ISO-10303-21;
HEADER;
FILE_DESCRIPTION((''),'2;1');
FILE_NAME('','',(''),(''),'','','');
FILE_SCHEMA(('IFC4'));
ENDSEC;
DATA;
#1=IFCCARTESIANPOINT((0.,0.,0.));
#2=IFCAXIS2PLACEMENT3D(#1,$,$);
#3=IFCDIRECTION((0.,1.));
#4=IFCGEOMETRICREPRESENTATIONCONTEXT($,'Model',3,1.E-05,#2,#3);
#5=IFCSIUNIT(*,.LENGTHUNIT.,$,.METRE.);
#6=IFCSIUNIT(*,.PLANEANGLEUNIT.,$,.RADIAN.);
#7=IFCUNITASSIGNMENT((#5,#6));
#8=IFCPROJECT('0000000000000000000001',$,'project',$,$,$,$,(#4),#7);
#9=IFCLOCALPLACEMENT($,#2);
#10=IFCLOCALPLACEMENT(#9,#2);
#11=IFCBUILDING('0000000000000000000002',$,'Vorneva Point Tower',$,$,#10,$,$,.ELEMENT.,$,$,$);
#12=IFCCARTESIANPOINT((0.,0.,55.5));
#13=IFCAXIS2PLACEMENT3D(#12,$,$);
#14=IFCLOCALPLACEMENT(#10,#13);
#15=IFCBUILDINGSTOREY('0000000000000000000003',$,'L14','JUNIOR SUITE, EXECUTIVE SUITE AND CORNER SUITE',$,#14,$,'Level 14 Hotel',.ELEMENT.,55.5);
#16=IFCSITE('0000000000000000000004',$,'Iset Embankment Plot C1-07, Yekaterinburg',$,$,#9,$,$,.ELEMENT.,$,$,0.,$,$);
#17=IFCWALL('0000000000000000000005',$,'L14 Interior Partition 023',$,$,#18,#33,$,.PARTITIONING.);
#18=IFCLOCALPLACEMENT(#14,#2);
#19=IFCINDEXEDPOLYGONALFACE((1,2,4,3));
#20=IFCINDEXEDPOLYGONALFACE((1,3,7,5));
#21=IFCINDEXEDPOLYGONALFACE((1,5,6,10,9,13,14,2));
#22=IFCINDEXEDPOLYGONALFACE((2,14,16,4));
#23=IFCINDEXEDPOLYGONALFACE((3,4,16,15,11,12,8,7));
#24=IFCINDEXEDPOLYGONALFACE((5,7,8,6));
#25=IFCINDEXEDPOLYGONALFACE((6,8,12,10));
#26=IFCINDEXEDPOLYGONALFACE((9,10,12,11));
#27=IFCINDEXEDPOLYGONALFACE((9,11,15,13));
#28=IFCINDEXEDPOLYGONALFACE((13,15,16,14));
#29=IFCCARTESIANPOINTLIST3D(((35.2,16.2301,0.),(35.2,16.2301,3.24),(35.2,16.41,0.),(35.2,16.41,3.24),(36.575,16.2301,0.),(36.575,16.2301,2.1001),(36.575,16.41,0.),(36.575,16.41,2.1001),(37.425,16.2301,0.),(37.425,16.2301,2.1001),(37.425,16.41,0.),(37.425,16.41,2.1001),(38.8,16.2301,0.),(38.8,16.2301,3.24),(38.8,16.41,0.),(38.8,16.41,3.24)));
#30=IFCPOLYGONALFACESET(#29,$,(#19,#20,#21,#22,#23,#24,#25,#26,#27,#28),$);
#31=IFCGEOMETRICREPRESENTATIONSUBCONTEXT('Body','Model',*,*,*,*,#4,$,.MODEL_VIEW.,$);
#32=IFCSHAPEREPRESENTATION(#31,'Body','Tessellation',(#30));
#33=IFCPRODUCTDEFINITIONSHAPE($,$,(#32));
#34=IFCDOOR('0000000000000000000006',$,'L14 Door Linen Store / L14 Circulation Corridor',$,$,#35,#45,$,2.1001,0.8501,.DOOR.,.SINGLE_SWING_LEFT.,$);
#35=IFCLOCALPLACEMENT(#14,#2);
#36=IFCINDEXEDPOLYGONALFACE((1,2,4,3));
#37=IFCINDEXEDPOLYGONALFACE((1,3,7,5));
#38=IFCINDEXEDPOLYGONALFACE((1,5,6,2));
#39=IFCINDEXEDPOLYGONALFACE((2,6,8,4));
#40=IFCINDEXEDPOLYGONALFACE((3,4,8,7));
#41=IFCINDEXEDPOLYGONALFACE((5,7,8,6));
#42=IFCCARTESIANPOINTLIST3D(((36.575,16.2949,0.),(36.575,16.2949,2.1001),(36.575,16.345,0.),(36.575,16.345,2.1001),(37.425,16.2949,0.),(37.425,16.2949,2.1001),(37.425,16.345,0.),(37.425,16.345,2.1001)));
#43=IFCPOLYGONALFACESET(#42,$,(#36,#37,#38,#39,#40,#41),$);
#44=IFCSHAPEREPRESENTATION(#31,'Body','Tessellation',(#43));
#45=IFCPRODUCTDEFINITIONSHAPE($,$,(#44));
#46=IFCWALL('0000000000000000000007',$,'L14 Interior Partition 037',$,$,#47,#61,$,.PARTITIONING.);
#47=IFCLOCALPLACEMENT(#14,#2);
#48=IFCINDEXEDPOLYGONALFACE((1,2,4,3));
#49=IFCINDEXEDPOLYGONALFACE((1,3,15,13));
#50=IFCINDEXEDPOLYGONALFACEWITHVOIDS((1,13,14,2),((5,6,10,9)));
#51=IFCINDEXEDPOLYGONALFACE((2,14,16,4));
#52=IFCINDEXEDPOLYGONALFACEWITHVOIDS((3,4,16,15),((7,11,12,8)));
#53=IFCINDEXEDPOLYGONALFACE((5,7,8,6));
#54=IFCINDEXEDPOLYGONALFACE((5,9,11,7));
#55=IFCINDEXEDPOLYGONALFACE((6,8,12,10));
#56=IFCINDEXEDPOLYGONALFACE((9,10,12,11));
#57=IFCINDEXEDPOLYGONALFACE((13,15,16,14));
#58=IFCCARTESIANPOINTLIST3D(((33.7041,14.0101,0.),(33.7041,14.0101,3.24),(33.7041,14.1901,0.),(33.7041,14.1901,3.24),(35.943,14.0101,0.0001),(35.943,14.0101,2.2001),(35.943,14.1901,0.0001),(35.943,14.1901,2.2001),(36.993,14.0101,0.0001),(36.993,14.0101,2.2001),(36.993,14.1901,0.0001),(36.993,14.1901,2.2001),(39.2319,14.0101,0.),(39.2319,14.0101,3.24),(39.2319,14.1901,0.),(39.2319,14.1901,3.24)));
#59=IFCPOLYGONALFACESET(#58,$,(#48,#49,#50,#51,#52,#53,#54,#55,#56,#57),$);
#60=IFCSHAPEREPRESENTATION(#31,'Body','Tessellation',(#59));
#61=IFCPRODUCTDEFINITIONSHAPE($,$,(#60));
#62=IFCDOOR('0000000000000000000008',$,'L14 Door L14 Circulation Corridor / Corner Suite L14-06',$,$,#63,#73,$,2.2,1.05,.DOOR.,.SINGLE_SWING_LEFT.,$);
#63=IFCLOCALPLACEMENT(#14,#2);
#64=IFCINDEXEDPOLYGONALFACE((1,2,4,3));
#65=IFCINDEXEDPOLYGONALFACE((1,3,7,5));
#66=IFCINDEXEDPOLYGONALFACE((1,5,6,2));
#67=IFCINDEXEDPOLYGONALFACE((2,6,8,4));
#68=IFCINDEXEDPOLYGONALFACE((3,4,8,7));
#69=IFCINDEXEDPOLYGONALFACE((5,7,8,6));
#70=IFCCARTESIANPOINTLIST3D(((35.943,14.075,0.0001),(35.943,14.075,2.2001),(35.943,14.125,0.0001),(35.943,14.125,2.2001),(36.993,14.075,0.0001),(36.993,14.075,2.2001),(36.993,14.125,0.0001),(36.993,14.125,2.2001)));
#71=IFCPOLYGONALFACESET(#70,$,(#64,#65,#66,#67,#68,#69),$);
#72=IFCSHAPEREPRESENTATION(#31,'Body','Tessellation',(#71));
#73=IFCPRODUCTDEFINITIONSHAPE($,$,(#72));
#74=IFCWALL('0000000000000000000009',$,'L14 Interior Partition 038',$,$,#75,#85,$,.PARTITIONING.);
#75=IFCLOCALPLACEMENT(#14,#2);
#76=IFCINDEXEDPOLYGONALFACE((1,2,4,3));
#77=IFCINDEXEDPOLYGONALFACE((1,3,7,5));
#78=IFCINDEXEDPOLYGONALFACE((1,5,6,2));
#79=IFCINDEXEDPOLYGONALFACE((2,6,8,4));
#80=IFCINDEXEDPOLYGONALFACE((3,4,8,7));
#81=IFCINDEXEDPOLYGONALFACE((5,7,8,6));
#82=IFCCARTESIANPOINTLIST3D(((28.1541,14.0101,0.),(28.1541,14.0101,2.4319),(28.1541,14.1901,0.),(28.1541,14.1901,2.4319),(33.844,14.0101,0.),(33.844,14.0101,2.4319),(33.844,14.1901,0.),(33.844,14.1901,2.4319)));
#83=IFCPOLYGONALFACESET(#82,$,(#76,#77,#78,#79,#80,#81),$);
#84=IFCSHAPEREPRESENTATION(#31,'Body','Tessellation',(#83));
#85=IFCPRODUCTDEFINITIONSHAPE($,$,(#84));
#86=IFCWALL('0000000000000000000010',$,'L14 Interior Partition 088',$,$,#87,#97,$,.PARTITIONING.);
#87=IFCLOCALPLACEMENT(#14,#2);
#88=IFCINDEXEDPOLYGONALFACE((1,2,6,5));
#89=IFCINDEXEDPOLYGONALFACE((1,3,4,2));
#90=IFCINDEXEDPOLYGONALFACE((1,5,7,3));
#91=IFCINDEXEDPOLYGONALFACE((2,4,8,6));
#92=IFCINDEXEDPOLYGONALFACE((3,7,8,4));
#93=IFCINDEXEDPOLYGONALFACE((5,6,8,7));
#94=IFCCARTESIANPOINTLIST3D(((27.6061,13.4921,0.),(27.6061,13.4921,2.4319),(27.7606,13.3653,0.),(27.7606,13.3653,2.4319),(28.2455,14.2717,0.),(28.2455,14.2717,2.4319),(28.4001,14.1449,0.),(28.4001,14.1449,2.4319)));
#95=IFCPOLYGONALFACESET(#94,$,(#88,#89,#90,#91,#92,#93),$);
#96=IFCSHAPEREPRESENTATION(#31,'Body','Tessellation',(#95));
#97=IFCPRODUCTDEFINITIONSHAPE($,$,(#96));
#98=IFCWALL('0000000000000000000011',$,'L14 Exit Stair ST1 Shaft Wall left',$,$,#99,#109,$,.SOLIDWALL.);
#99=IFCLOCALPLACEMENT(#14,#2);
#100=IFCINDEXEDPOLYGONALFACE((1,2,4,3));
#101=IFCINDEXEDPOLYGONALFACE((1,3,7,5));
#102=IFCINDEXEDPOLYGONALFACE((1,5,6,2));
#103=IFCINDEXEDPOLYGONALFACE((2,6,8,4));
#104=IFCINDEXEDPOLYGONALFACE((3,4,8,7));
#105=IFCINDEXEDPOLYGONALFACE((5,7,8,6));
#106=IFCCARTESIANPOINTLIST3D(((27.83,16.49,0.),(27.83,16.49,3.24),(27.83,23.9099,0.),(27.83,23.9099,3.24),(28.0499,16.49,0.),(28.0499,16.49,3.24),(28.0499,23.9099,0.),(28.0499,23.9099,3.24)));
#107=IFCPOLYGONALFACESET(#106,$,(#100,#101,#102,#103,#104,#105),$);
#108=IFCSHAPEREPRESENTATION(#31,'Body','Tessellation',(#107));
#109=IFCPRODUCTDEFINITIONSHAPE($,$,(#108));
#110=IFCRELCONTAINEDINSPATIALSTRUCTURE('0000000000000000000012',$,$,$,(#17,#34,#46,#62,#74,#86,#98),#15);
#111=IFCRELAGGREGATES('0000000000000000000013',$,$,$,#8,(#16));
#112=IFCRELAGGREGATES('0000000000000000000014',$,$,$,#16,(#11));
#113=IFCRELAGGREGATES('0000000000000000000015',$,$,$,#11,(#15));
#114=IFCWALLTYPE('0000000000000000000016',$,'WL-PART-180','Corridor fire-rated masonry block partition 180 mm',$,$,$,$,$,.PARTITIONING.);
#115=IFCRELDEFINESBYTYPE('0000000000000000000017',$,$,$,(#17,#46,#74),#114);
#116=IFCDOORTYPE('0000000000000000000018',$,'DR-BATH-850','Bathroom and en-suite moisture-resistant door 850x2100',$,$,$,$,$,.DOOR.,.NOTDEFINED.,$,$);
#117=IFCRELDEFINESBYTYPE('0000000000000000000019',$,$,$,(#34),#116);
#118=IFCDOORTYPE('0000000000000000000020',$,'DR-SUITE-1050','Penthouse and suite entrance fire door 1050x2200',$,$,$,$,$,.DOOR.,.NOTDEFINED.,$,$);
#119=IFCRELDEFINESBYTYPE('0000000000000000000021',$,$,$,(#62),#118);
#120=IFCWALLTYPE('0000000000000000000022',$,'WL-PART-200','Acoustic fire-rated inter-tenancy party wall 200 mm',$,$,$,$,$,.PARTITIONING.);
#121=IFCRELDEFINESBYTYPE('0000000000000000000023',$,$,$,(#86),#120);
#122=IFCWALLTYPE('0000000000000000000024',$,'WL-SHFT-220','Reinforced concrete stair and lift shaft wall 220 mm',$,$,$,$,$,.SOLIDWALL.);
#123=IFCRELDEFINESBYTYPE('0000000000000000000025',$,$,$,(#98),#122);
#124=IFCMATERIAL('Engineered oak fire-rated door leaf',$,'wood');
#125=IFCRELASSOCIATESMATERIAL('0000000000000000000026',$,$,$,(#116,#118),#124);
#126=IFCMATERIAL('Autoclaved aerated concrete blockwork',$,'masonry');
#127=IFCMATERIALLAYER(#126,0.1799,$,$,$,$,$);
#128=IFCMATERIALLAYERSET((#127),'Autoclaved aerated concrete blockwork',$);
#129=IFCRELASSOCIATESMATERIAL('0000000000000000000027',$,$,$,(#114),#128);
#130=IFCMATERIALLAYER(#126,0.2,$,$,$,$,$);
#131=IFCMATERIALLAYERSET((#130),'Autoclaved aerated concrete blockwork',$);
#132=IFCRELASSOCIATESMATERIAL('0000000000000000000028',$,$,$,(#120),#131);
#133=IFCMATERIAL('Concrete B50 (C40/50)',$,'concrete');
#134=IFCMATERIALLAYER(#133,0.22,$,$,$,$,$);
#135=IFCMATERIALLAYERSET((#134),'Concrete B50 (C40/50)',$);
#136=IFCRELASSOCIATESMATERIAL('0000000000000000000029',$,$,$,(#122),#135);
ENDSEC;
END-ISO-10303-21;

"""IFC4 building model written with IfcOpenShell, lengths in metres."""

from ifc_helpers import new_model, si_unit, direction, frame, frame_2d, origin, place, context, subcontext, project, spatial, rectangle, extrude, material, layer, layer_set, type_object, element, fill, save


model = new_model("IFC4")

# Units and contexts
model_context = context("Model", 3, precision=1e-05, world=origin(), true_north=direction((0.0, 1.0)))
body_context = subcontext(model_context, "Body", "Model", "MODEL_VIEW")
ifc_project = project(units=[si_unit("LENGTHUNIT", "METRE"), si_unit("PLANEANGLEUNIT", "RADIAN")], contexts=[model_context])

# Site, building, storey
site_placement = place(None, origin())
site = spatial("IfcSite", under=ifc_project, at=site_placement, Name="Iset Embankment Plot C1-07, Yekaterinburg", CompositionType="ELEMENT", RefElevation=0.0)
building_placement = place(site_placement, origin())
building = spatial("IfcBuilding", under=site, at=building_placement, Name="Vorneva Point Tower", CompositionType="ELEMENT")
storey_placement = place(building_placement, frame((0.0, 0.0, 55.5)))
storey = spatial("IfcBuildingStorey", under=building, at=storey_placement, Name="L14", Description="JUNIOR SUITE, EXECUTIVE SUITE AND CORNER SUITE", LongName="Level 14 Hotel", CompositionType="ELEMENT", Elevation=55.5)

# Shared definitions
ifc_material_1 = material(Name="Engineered oak fire-rated door leaf", Category="wood")
door_type_1 = type_object("IfcDoorType", Name="DR-BATH-850", Description="Bathroom and en-suite moisture-resistant door 850x2100", OperationType="NOTDEFINED", PredefinedType="DOOR", material=ifc_material_1)

# Walls, openings, doors
ifc_material_2 = material(Name="Autoclaved aerated concrete blockwork", Category="masonry")
ifc_layer_1 = layer(ifc_material_2, 0.1799)
ifc_layer_set_1 = layer_set([ifc_layer_1], Name="Autoclaved aerated concrete blockwork")
wall_type_1 = type_object("IfcWallType", Name="WL-PART-180", Description="Corridor fire-rated masonry block partition 180 mm", PredefinedType="PARTITIONING", material=ifc_layer_set_1)
wall_1_placement = place(storey_placement, frame((35.2, 16.3201, 0.0), z_axis=(0.0, 0.0, 1.0), x_axis=(1.0, 0.0, 0.0)))
wall_1 = element("IfcWall", 1, at=wall_1_placement, inside=storey, type_object=wall_type_1, Name="L14 Interior Partition 023", PredefinedType="PARTITIONING", context=body_context, shape_type="SweptSolid", body=[
    extrude(rectangle(XDim=3.6001, YDim=0.1799, at=frame_2d((1.8, 0.0))), origin(), (0.0, 0.0, 1.0), 3.24),
])
opening_1_placement = place(wall_1_placement, frame((1.375, 0.0, 0.0)))
opening_1 = element("IfcOpeningElement", 2, at=opening_1_placement, cuts=wall_1, PredefinedType="OPENING", context=body_context, shape_type="SweptSolid", body=[
    extrude(rectangle(XDim=0.8501, YDim=2.1001, at=frame_2d((0.425, 1.05))), frame((0.0, 0.105, 0.0), z_axis=(0.0, -1.0, 0.0), x_axis=(1.0, 0.0, 0.0)), (0.0, 0.0, 1.0), 0.2097),
])
door_1_placement = place(opening_1_placement, origin())
door_1 = element("IfcDoor", 3, at=door_1_placement, inside=storey, type_object=door_type_1, Name="L14 Door Linen Store / L14 Circulation Corridor", OperationType="SINGLE_SWING_LEFT", OverallHeight=2.1001, OverallWidth=0.8501, PredefinedType="DOOR", context=body_context, shape_type="SweptSolid", body=[
    extrude(rectangle(XDim=0.8501, YDim=2.1001, at=frame_2d((0.425, 1.05))), frame((0.0, 0.0249, 0.0), z_axis=(0.0, -1.0, 0.0), x_axis=(1.0, 0.0, 0.0)), (0.0, 0.0, 1.0), 0.05),
])
fill(opening_1, door_1)
wall_2_placement = place(storey_placement, frame((33.7041, 14.1001, 0.0), z_axis=(0.0, 0.0, 1.0), x_axis=(1.0, 0.0, 0.0)))
wall_2 = element("IfcWall", 4, at=wall_2_placement, inside=storey, type_object=wall_type_1, Name="L14 Interior Partition 037", PredefinedType="PARTITIONING", context=body_context, shape_type="SweptSolid", body=[
    extrude(rectangle(XDim=5.5278, YDim=0.1799, at=frame_2d((2.7639, 0.0))), origin(), (0.0, 0.0, 1.0), 3.24),
])
opening_2_placement = place(wall_2_placement, frame((2.239, 0.0, 0.0)))
opening_2 = element("IfcOpeningElement", 5, at=opening_2_placement, cuts=wall_2, PredefinedType="OPENING", context=body_context, shape_type="SweptSolid", body=[
    extrude(rectangle(XDim=1.05, YDim=2.2, at=frame_2d((0.5249, 1.1001))), frame((0.0, 0.105, 0.0), z_axis=(0.0, -1.0, 0.0), x_axis=(1.0, 0.0, 0.0)), (0.0, 0.0, 1.0), 0.2097),
])
door_type_2 = type_object("IfcDoorType", Name="DR-SUITE-1050", Description="Penthouse and suite entrance fire door 1050x2200", OperationType="NOTDEFINED", PredefinedType="DOOR", material=ifc_material_1)
door_2_placement = place(opening_2_placement, origin())
door_2 = element("IfcDoor", 6, at=door_2_placement, inside=storey, type_object=door_type_2, Name="L14 Door L14 Circulation Corridor / Corner Suite L14-06", OperationType="SINGLE_SWING_LEFT", OverallHeight=2.2, OverallWidth=1.05, PredefinedType="DOOR", context=body_context, shape_type="SweptSolid", body=[
    extrude(rectangle(XDim=1.05, YDim=2.2, at=frame_2d((0.5249, 1.1001))), frame((0.0, 0.0249, 0.0), z_axis=(0.0, -1.0, 0.0), x_axis=(1.0, 0.0, 0.0)), (0.0, 0.0, 1.0), 0.05),
])
fill(opening_2, door_2)

# Walls
wall_3_placement = place(storey_placement, frame((28.1541, 14.1001, 0.0), z_axis=(0.0, 0.0, 1.0), x_axis=(1.0, 0.0, 0.0)))
element("IfcWall", 7, at=wall_3_placement, inside=storey, type_object=wall_type_1, Name="L14 Interior Partition 038", PredefinedType="PARTITIONING", context=body_context, shape_type="SweptSolid", body=[
    extrude(rectangle(XDim=5.6899, YDim=0.1799, at=frame_2d((2.845, 0.0))), origin(), (0.0, 0.0, 1.0), 2.4319),
])
ifc_layer_2 = layer(ifc_material_2, 0.2)
ifc_layer_set_2 = layer_set([ifc_layer_2], Name="Autoclaved aerated concrete blockwork")
wall_type_2 = type_object("IfcWallType", Name="WL-PART-200", Description="Acoustic fire-rated inter-tenancy party wall 200 mm", PredefinedType="PARTITIONING", material=ifc_layer_set_2)
wall_4_placement = place(storey_placement, frame((27.6833, 13.4287, 0.0), z_axis=(0.0, 0.0, 1.0), x_axis=(0.634187, 0.77318, 0.0)))
element("IfcWall", 8, at=wall_4_placement, inside=storey, type_object=wall_type_2, Name="L14 Interior Partition 088", PredefinedType="PARTITIONING", context=body_context, shape_type="SweptSolid", body=[
    extrude(rectangle(XDim=1.0083, YDim=0.2, at=frame_2d((0.5042, 0.0))), origin(), (0.0, 0.0, 1.0), 2.4319),
])
ifc_material_3 = material(Name="Concrete B50 (C40/50)", Category="concrete")
ifc_layer_3 = layer(ifc_material_3, 0.22)
ifc_layer_set_3 = layer_set([ifc_layer_3], Name="Concrete B50 (C40/50)")
wall_type_3 = type_object("IfcWallType", Name="WL-SHFT-220", Description="Reinforced concrete stair and lift shaft wall 220 mm", PredefinedType="SOLIDWALL", material=ifc_layer_set_3)
wall_5_placement = place(storey_placement, frame((27.9399, 16.49, 0.0), z_axis=(0.0, 0.0, 1.0), x_axis=(0.0, 1.0, 0.0)))
element("IfcWall", 9, at=wall_5_placement, inside=storey, type_object=wall_type_3, Name="L14 Exit Stair ST1 Shaft Wall left", PredefinedType="SOLIDWALL", context=body_context, shape_type="SweptSolid", body=[
    extrude(rectangle(XDim=7.4199, YDim=0.22, at=frame_2d((3.71, 0.0))), origin(), (0.0, 0.0, 1.0), 3.24),
])

save(model, "model.ifc")
